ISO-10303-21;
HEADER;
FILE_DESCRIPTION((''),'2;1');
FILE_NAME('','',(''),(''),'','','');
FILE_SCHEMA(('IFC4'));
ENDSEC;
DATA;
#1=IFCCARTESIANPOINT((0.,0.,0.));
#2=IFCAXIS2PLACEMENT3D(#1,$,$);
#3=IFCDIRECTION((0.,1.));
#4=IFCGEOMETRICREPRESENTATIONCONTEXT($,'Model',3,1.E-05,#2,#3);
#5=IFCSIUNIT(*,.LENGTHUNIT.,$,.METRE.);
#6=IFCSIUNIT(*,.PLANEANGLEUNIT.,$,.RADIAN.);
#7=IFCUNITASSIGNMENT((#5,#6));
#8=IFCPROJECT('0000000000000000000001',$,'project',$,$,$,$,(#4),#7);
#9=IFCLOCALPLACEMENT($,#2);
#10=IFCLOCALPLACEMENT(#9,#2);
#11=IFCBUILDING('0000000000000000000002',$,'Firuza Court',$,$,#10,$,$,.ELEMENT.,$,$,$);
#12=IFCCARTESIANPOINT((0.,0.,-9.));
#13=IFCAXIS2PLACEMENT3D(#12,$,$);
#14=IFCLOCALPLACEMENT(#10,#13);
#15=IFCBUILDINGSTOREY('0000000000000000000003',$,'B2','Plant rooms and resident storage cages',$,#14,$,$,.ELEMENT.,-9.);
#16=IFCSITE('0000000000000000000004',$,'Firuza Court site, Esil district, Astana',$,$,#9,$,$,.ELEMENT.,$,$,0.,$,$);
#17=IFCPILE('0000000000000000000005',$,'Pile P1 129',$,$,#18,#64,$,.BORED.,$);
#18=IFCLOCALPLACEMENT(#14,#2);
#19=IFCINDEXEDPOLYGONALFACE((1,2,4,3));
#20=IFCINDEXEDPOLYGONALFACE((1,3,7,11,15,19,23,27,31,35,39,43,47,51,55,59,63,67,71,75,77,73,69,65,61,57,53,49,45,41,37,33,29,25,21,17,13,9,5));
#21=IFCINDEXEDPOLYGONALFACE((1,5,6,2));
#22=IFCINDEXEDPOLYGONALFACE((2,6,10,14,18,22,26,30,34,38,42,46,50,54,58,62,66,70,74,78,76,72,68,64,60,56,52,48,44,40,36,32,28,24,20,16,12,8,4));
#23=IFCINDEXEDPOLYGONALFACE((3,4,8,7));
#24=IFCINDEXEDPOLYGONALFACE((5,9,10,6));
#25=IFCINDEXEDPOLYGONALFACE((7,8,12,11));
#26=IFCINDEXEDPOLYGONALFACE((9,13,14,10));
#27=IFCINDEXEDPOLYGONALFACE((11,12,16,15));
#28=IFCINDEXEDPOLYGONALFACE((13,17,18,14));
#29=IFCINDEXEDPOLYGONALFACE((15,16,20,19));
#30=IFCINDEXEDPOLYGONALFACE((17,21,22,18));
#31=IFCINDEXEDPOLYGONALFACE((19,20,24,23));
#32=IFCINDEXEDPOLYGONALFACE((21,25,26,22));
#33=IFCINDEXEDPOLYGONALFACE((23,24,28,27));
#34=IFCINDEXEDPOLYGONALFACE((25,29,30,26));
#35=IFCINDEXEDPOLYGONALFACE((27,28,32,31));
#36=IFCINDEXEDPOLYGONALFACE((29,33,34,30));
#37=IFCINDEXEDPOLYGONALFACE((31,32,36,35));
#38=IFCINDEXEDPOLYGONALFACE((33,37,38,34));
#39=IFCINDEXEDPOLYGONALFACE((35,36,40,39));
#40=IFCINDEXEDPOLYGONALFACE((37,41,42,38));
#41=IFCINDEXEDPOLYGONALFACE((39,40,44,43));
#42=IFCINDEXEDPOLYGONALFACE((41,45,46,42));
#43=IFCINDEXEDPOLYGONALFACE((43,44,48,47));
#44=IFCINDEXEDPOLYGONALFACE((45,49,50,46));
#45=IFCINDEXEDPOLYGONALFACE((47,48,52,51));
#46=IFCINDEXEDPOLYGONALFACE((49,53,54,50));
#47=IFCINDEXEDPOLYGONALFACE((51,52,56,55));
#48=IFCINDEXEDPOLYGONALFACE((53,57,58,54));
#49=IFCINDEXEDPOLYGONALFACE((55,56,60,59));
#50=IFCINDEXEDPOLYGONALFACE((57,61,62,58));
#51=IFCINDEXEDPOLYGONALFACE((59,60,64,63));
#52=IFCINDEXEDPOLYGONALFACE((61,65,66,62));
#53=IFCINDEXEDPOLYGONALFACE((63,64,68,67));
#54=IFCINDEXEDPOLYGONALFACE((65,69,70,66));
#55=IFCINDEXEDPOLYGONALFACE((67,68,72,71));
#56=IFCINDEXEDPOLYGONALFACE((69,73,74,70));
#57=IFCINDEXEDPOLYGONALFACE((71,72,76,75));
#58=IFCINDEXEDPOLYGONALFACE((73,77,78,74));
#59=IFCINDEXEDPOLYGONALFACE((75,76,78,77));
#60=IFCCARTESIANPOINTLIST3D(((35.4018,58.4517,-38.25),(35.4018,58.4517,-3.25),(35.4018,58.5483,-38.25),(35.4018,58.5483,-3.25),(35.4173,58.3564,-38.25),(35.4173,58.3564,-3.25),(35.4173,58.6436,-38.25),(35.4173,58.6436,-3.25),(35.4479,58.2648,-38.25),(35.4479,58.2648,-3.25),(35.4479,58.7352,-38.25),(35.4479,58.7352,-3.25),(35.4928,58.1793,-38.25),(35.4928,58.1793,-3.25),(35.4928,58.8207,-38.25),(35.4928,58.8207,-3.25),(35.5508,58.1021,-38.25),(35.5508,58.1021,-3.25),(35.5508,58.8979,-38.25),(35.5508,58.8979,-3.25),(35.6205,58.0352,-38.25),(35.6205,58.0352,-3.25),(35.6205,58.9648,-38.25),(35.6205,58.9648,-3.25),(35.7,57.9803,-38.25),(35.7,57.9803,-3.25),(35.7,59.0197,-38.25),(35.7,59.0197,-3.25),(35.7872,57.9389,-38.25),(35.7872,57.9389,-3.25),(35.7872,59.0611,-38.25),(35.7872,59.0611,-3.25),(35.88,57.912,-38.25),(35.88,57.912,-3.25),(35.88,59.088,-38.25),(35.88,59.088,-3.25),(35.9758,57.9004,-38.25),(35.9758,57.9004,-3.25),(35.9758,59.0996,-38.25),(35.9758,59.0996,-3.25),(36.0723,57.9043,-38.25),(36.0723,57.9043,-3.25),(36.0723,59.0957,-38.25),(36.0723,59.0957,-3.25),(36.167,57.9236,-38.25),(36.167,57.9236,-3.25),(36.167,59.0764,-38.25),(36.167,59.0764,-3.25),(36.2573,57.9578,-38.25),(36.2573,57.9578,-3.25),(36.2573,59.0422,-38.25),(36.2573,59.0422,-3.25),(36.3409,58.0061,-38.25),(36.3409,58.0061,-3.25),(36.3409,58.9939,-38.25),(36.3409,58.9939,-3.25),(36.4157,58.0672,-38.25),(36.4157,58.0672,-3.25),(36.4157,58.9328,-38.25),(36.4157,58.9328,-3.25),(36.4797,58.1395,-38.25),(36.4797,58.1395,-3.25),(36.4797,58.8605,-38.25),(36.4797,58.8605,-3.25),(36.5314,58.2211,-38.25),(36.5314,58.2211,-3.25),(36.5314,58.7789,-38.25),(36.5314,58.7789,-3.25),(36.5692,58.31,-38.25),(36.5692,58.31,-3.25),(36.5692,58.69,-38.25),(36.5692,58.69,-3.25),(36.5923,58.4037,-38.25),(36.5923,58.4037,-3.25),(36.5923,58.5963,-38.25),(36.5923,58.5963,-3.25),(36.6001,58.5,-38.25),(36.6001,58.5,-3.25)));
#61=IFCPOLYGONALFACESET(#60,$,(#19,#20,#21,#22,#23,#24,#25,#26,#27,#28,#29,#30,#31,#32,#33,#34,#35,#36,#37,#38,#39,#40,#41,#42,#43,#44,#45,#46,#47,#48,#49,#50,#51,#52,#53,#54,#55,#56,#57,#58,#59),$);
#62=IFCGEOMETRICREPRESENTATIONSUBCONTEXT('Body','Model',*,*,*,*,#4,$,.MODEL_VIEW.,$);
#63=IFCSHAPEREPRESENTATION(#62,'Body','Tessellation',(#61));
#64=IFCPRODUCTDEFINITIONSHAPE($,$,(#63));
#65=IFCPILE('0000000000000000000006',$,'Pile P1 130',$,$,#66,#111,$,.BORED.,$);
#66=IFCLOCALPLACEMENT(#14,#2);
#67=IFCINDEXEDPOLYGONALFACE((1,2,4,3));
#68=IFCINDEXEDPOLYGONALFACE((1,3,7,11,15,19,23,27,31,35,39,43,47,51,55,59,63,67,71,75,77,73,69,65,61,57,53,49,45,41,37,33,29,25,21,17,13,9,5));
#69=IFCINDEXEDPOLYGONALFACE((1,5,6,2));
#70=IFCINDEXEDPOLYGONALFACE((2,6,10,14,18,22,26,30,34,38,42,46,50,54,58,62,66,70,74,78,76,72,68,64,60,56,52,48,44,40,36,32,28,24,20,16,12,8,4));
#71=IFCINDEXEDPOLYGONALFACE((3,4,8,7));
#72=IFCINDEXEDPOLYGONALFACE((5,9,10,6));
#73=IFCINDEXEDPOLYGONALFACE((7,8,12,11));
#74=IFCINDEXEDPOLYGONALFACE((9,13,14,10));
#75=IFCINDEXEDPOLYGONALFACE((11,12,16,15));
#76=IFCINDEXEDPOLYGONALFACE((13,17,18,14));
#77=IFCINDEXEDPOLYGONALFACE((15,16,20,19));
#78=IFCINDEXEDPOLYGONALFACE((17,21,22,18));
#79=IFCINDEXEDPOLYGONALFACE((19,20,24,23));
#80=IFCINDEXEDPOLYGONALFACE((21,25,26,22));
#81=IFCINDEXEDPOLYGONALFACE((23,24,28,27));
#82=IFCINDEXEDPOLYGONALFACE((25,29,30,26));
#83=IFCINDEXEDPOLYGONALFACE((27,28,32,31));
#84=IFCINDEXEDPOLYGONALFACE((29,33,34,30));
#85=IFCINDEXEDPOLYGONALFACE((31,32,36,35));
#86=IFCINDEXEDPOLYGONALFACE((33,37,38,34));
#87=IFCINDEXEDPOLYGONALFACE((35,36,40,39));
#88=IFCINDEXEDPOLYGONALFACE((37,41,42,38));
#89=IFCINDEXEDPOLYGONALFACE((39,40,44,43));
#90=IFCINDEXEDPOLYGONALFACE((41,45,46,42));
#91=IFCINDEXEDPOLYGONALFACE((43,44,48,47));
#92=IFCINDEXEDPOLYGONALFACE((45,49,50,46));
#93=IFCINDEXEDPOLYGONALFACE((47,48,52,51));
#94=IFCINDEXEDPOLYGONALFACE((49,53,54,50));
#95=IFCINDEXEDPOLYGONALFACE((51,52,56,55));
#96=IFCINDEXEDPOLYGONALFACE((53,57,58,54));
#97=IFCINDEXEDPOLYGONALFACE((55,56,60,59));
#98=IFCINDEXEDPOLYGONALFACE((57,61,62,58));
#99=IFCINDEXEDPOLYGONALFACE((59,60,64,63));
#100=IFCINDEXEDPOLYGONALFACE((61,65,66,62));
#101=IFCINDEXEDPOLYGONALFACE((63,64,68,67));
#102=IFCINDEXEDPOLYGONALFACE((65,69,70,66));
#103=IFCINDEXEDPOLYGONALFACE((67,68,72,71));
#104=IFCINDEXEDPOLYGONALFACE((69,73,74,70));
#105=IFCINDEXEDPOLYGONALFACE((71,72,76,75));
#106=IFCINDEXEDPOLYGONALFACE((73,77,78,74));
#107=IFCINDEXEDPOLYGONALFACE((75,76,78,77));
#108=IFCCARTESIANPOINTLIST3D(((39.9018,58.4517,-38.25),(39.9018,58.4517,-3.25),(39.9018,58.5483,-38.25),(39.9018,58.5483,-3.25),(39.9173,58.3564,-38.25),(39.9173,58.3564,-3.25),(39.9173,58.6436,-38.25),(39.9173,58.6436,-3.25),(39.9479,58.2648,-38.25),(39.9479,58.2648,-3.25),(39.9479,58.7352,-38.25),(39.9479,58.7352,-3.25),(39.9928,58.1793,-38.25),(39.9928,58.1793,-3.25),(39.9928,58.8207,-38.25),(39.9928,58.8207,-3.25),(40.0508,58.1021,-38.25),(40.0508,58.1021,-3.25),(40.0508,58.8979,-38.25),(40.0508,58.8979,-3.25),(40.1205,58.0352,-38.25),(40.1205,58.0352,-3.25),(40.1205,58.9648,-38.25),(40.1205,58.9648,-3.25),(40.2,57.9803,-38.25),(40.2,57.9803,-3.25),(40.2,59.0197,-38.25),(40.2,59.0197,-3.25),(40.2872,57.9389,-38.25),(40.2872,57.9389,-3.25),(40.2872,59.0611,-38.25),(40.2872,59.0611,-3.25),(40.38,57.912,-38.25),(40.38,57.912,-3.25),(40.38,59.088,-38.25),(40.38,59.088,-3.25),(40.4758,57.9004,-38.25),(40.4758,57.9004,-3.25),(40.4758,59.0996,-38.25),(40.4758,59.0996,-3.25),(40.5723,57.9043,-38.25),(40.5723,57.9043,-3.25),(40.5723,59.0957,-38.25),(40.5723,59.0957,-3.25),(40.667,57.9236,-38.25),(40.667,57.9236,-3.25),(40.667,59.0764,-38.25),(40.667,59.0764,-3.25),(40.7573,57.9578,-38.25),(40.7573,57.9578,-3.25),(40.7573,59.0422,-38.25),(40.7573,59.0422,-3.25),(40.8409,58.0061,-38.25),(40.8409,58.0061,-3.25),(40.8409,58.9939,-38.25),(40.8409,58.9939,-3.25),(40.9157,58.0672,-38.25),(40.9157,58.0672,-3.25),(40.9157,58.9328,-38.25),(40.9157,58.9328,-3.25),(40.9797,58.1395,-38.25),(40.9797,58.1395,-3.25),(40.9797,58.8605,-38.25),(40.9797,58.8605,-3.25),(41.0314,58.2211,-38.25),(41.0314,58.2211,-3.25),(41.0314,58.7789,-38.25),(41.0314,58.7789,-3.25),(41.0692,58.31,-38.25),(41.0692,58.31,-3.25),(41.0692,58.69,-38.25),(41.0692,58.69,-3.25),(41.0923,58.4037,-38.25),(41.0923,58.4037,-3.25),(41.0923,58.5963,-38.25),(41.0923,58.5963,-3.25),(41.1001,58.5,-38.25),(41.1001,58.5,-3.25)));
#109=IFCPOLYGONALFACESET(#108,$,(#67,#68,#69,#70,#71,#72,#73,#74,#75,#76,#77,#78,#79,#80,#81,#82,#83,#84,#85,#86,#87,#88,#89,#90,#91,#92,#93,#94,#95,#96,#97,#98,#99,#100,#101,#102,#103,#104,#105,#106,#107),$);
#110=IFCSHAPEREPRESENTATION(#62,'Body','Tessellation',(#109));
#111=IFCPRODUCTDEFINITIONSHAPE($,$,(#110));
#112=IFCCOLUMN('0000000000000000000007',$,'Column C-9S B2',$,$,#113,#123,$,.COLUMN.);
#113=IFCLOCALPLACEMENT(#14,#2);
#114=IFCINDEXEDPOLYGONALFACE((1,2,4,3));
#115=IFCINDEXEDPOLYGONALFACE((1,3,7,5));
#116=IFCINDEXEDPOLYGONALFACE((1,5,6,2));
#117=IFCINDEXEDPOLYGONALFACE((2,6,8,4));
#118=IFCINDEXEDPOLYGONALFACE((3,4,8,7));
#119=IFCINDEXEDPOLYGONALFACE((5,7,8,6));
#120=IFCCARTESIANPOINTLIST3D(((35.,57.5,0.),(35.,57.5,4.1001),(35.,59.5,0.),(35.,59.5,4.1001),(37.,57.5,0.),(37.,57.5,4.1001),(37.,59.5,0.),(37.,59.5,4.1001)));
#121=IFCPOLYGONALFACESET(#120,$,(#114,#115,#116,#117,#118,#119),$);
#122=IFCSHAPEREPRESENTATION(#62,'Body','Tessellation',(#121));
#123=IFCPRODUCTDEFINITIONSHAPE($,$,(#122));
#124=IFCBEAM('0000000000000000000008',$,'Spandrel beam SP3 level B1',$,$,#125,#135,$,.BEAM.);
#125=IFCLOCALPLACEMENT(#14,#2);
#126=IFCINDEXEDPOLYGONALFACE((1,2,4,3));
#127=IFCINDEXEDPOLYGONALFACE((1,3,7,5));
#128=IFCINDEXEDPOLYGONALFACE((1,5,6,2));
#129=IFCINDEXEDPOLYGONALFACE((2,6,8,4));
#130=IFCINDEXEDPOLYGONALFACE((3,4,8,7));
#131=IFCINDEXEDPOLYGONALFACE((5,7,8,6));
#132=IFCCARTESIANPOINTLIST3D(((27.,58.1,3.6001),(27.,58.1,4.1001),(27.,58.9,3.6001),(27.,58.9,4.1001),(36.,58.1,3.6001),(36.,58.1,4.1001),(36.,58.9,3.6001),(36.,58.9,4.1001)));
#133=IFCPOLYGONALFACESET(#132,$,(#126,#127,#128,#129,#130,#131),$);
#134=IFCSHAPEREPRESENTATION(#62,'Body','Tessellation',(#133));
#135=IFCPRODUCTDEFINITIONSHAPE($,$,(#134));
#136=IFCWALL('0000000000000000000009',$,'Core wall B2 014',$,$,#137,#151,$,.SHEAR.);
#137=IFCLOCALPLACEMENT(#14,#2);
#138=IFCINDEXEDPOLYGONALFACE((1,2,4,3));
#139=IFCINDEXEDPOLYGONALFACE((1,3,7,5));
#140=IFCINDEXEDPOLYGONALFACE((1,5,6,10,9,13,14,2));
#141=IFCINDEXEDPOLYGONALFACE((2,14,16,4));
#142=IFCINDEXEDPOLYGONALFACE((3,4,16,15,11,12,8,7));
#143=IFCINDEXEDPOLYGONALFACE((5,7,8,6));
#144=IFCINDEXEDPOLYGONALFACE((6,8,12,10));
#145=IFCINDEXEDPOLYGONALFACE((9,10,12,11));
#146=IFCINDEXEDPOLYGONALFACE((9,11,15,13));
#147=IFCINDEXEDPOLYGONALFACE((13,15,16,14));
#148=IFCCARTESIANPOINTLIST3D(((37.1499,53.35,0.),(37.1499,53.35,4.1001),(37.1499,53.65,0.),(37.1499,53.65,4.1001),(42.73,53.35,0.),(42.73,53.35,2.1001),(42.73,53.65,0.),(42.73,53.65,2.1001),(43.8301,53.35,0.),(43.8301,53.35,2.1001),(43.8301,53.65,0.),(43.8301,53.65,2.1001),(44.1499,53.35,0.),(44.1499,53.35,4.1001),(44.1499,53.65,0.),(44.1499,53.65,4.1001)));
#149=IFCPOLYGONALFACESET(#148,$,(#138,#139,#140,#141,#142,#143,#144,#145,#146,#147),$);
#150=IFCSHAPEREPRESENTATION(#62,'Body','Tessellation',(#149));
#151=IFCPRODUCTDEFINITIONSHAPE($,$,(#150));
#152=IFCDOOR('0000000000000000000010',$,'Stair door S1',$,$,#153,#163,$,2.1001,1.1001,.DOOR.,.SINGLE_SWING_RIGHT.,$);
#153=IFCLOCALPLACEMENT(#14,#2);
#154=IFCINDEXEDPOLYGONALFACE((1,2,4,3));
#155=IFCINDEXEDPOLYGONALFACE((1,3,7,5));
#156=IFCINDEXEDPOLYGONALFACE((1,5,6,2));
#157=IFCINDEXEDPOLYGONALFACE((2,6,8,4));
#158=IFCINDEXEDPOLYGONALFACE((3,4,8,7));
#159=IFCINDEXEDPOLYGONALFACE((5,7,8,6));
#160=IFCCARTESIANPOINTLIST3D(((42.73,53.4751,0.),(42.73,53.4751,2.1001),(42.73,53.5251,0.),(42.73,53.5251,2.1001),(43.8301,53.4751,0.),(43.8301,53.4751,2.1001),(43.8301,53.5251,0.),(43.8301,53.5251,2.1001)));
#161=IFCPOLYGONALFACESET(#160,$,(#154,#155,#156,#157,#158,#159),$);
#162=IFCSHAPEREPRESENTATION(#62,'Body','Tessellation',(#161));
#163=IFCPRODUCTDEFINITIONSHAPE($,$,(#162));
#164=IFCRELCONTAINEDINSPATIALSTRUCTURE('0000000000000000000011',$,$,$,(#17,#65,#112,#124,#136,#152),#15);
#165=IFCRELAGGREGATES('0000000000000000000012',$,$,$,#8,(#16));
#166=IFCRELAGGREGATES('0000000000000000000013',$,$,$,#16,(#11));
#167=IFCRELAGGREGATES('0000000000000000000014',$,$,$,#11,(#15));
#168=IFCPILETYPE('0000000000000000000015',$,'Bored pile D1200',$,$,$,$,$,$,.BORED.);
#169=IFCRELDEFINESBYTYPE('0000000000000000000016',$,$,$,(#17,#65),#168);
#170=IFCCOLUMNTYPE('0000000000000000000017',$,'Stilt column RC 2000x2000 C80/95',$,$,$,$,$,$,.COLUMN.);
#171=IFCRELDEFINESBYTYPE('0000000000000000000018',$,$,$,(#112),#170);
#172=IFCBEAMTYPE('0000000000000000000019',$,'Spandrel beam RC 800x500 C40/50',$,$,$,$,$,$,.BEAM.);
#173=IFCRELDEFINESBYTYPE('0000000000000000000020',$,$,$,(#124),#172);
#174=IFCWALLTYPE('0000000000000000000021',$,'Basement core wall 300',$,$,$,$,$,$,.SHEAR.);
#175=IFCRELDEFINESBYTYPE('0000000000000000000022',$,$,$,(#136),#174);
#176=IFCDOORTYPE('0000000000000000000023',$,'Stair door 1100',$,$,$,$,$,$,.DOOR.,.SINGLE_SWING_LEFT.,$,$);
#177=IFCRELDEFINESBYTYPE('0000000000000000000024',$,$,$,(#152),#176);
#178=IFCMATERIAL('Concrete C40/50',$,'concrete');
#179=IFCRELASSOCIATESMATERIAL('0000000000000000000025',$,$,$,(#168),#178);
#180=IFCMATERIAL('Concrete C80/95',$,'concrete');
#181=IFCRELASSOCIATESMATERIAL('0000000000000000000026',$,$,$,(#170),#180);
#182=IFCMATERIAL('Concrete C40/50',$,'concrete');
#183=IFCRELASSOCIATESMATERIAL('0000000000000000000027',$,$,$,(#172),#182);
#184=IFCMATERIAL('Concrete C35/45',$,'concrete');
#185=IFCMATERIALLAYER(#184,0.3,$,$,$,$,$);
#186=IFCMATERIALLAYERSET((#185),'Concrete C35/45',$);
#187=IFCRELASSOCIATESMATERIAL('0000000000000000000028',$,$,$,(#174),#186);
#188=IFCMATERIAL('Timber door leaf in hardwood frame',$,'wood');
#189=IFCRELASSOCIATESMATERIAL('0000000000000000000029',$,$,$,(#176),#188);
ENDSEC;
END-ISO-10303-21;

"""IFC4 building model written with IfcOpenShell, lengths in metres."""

from ifc_helpers import new_model, si_unit, direction, frame, frame_2d, origin, origin_2d, place, context, subcontext, project, spatial, rectangle, circle, extrude, material, layer, layer_set, material_profile, profile_set, type_object, element, fill, save


model = new_model("IFC4")

# Units and contexts
model_context = context("Model", 3, precision=1e-05, world=origin(), true_north=direction((0.0, 1.0)))
body_context = subcontext(model_context, "Body", "Model", "MODEL_VIEW")
ifc_project = project(units=[si_unit("LENGTHUNIT", "METRE"), si_unit("PLANEANGLEUNIT", "RADIAN")], contexts=[model_context])

# Site, building, storey
site_placement = place(None, origin())
site = spatial("IfcSite", under=ifc_project, at=site_placement, Name="Firuza Court site, Esil district, Astana", CompositionType="ELEMENT", RefElevation=0.0)
building_placement = place(site_placement, origin())
building = spatial("IfcBuilding", under=site, at=building_placement, Name="Firuza Court", CompositionType="ELEMENT")
storey_placement = place(building_placement, frame((0.0, 0.0, -9.0)))
storey = spatial("IfcBuildingStorey", under=building, at=storey_placement, Name="B2", Description="Plant rooms and resident storage cages", CompositionType="ELEMENT", Elevation=-9.0)

# Piles
ifc_material_1 = material(Name="Concrete C40/50", Category="concrete")
ifc_material_profile_1 = material_profile(ifc_material_1, circle(Radius=0.6001, at=origin_2d()), Name="Pile D1200")
ifc_profile_set_1 = profile_set([ifc_material_profile_1], Name="Concrete C40/50")
pile_type = type_object("IfcPileType", Name="Bored pile D1200", PredefinedType="BORED", material=ifc_profile_set_1)
for number, where, z_axis, x_axis, name in (
    (1, (36.0, 58.5, -3.25), (0.0, 0.0, -1.0), (1.0, 0.0, 0.0), "Pile P1 129"),
    (2, (40.5, 58.5, -3.25), (0.0, 0.0, -1.0), (1.0, 0.0, 0.0), "Pile P1 130"),
):
    element("IfcPile", number, at=place(storey_placement, frame(where, z_axis=z_axis, x_axis=x_axis)), inside=storey, type_object=pile_type, Name=name, PredefinedType="BORED", context=body_context, shape_type="SweptSolid", body=[
        extrude(circle(Radius=0.6001, at=origin_2d()), origin(), (0.0, 0.0, 1.0), 35.0),
    ])

# Column
ifc_material_2 = material(Name="Concrete C80/95", Category="concrete")
ifc_material_profile_2 = material_profile(ifc_material_2, rectangle(XDim=2.0, YDim=2.0, at=origin_2d()), Name="RC 2000x2000")
ifc_profile_set_2 = profile_set([ifc_material_profile_2], Name="Concrete C80/95")
column_type = type_object("IfcColumnType", Name="Stilt column RC 2000x2000 C80/95", PredefinedType="COLUMN", material=ifc_profile_set_2)
column_placement = place(storey_placement, frame((36.0, 58.5, 0.0), z_axis=(0.0, 0.0, 1.0), x_axis=(1.0, 0.0, 0.0)))
element("IfcColumn", 3, at=column_placement, inside=storey, type_object=column_type, Name="Column C-9S B2", PredefinedType="COLUMN", context=body_context, shape_type="SweptSolid", body=[
    extrude(rectangle(XDim=2.0, YDim=2.0, at=origin_2d()), origin(), (0.0, 0.0, 1.0), 4.1001),
])

# Beam
ifc_material_3 = material(Name="Concrete C40/50", Category="concrete")
ifc_material_profile_3 = material_profile(ifc_material_3, rectangle(XDim=0.8, YDim=0.5, at=origin_2d()), Name="RC 800x500")
ifc_profile_set_3 = profile_set([ifc_material_profile_3], Name="Concrete C40/50")
beam_type = type_object("IfcBeamType", Name="Spandrel beam RC 800x500 C40/50", PredefinedType="BEAM", material=ifc_profile_set_3)
beam_placement = place(storey_placement, frame((36.0, 58.5, 3.8501), z_axis=(-1.0, 0.0, 0.0), x_axis=(0.0, -1.0, 0.0)))
element("IfcBeam", 4, at=beam_placement, inside=storey, type_object=beam_type, Name="Spandrel beam SP3 level B1", PredefinedType="BEAM", context=body_context, shape_type="SweptSolid", body=[
    extrude(rectangle(XDim=0.8, YDim=0.5, at=origin_2d()), origin(), (0.0, 0.0, 1.0), 9.0),
])

# Wall, opening, door
ifc_material_4 = material(Name="Concrete C35/45", Category="concrete")
ifc_layer_1 = layer(ifc_material_4, 0.3)
ifc_layer_set_1 = layer_set([ifc_layer_1], Name="Concrete C35/45")
wall_type_1 = type_object("IfcWallType", Name="Basement core wall 300", PredefinedType="SHEAR", material=ifc_layer_set_1)
wall_1_placement = place(storey_placement, frame((37.1499, 53.5, 0.0), z_axis=(0.0, 0.0, 1.0), x_axis=(1.0, 0.0, 0.0)))
wall_1 = element("IfcWall", 5, at=wall_1_placement, inside=storey, type_object=wall_type_1, Name="Core wall B2 014", PredefinedType="SHEAR", context=body_context, shape_type="SweptSolid", body=[
    extrude(rectangle(XDim=7.0, YDim=0.3, at=frame_2d((3.5, 0.0))), origin(), (0.0, 0.0, 1.0), 4.1001),
])
opening_1_placement = place(wall_1_placement, frame((5.5801, 0.0, 0.0)))
opening_1 = element("IfcOpeningElement", 6, at=opening_1_placement, cuts=wall_1, PredefinedType="OPENING", context=body_context, shape_type="SweptSolid", body=[
    extrude(rectangle(XDim=1.1001, YDim=2.1001, at=frame_2d((0.55, 1.05))), frame((0.0, 0.1621, 0.0), z_axis=(0.0, -1.0, 0.0), x_axis=(1.0, 0.0, 0.0)), (0.0, 0.0, 1.0), 0.324),
])
ifc_material_5 = material(Name="Timber door leaf in hardwood frame", Category="wood")
door_type_1 = type_object("IfcDoorType", Name="Stair door 1100", OperationType="SINGLE_SWING_LEFT", PredefinedType="DOOR", material=ifc_material_5)
door_1_placement = place(opening_1_placement, frame((1.1001, 0.0, 0.0), z_axis=(0.0, 0.0, 1.0), x_axis=(-1.0, 0.0, 0.0)))
door_1 = element("IfcDoor", 7, at=door_1_placement, inside=storey, type_object=door_type_1, Name="Stair door S1", OperationType="SINGLE_SWING_RIGHT", OverallHeight=2.1001, OverallWidth=1.1001, PredefinedType="DOOR", context=body_context, shape_type="SweptSolid", body=[
    extrude(rectangle(XDim=1.1001, YDim=2.1001, at=frame_2d((0.55, 1.05))), frame((0.0, 0.0249, 0.0), z_axis=(0.0, -1.0, 0.0), x_axis=(1.0, 0.0, 0.0)), (0.0, 0.0, 1.0), 0.05),
])
fill(opening_1, door_1)

save(model, "model.ifc")
